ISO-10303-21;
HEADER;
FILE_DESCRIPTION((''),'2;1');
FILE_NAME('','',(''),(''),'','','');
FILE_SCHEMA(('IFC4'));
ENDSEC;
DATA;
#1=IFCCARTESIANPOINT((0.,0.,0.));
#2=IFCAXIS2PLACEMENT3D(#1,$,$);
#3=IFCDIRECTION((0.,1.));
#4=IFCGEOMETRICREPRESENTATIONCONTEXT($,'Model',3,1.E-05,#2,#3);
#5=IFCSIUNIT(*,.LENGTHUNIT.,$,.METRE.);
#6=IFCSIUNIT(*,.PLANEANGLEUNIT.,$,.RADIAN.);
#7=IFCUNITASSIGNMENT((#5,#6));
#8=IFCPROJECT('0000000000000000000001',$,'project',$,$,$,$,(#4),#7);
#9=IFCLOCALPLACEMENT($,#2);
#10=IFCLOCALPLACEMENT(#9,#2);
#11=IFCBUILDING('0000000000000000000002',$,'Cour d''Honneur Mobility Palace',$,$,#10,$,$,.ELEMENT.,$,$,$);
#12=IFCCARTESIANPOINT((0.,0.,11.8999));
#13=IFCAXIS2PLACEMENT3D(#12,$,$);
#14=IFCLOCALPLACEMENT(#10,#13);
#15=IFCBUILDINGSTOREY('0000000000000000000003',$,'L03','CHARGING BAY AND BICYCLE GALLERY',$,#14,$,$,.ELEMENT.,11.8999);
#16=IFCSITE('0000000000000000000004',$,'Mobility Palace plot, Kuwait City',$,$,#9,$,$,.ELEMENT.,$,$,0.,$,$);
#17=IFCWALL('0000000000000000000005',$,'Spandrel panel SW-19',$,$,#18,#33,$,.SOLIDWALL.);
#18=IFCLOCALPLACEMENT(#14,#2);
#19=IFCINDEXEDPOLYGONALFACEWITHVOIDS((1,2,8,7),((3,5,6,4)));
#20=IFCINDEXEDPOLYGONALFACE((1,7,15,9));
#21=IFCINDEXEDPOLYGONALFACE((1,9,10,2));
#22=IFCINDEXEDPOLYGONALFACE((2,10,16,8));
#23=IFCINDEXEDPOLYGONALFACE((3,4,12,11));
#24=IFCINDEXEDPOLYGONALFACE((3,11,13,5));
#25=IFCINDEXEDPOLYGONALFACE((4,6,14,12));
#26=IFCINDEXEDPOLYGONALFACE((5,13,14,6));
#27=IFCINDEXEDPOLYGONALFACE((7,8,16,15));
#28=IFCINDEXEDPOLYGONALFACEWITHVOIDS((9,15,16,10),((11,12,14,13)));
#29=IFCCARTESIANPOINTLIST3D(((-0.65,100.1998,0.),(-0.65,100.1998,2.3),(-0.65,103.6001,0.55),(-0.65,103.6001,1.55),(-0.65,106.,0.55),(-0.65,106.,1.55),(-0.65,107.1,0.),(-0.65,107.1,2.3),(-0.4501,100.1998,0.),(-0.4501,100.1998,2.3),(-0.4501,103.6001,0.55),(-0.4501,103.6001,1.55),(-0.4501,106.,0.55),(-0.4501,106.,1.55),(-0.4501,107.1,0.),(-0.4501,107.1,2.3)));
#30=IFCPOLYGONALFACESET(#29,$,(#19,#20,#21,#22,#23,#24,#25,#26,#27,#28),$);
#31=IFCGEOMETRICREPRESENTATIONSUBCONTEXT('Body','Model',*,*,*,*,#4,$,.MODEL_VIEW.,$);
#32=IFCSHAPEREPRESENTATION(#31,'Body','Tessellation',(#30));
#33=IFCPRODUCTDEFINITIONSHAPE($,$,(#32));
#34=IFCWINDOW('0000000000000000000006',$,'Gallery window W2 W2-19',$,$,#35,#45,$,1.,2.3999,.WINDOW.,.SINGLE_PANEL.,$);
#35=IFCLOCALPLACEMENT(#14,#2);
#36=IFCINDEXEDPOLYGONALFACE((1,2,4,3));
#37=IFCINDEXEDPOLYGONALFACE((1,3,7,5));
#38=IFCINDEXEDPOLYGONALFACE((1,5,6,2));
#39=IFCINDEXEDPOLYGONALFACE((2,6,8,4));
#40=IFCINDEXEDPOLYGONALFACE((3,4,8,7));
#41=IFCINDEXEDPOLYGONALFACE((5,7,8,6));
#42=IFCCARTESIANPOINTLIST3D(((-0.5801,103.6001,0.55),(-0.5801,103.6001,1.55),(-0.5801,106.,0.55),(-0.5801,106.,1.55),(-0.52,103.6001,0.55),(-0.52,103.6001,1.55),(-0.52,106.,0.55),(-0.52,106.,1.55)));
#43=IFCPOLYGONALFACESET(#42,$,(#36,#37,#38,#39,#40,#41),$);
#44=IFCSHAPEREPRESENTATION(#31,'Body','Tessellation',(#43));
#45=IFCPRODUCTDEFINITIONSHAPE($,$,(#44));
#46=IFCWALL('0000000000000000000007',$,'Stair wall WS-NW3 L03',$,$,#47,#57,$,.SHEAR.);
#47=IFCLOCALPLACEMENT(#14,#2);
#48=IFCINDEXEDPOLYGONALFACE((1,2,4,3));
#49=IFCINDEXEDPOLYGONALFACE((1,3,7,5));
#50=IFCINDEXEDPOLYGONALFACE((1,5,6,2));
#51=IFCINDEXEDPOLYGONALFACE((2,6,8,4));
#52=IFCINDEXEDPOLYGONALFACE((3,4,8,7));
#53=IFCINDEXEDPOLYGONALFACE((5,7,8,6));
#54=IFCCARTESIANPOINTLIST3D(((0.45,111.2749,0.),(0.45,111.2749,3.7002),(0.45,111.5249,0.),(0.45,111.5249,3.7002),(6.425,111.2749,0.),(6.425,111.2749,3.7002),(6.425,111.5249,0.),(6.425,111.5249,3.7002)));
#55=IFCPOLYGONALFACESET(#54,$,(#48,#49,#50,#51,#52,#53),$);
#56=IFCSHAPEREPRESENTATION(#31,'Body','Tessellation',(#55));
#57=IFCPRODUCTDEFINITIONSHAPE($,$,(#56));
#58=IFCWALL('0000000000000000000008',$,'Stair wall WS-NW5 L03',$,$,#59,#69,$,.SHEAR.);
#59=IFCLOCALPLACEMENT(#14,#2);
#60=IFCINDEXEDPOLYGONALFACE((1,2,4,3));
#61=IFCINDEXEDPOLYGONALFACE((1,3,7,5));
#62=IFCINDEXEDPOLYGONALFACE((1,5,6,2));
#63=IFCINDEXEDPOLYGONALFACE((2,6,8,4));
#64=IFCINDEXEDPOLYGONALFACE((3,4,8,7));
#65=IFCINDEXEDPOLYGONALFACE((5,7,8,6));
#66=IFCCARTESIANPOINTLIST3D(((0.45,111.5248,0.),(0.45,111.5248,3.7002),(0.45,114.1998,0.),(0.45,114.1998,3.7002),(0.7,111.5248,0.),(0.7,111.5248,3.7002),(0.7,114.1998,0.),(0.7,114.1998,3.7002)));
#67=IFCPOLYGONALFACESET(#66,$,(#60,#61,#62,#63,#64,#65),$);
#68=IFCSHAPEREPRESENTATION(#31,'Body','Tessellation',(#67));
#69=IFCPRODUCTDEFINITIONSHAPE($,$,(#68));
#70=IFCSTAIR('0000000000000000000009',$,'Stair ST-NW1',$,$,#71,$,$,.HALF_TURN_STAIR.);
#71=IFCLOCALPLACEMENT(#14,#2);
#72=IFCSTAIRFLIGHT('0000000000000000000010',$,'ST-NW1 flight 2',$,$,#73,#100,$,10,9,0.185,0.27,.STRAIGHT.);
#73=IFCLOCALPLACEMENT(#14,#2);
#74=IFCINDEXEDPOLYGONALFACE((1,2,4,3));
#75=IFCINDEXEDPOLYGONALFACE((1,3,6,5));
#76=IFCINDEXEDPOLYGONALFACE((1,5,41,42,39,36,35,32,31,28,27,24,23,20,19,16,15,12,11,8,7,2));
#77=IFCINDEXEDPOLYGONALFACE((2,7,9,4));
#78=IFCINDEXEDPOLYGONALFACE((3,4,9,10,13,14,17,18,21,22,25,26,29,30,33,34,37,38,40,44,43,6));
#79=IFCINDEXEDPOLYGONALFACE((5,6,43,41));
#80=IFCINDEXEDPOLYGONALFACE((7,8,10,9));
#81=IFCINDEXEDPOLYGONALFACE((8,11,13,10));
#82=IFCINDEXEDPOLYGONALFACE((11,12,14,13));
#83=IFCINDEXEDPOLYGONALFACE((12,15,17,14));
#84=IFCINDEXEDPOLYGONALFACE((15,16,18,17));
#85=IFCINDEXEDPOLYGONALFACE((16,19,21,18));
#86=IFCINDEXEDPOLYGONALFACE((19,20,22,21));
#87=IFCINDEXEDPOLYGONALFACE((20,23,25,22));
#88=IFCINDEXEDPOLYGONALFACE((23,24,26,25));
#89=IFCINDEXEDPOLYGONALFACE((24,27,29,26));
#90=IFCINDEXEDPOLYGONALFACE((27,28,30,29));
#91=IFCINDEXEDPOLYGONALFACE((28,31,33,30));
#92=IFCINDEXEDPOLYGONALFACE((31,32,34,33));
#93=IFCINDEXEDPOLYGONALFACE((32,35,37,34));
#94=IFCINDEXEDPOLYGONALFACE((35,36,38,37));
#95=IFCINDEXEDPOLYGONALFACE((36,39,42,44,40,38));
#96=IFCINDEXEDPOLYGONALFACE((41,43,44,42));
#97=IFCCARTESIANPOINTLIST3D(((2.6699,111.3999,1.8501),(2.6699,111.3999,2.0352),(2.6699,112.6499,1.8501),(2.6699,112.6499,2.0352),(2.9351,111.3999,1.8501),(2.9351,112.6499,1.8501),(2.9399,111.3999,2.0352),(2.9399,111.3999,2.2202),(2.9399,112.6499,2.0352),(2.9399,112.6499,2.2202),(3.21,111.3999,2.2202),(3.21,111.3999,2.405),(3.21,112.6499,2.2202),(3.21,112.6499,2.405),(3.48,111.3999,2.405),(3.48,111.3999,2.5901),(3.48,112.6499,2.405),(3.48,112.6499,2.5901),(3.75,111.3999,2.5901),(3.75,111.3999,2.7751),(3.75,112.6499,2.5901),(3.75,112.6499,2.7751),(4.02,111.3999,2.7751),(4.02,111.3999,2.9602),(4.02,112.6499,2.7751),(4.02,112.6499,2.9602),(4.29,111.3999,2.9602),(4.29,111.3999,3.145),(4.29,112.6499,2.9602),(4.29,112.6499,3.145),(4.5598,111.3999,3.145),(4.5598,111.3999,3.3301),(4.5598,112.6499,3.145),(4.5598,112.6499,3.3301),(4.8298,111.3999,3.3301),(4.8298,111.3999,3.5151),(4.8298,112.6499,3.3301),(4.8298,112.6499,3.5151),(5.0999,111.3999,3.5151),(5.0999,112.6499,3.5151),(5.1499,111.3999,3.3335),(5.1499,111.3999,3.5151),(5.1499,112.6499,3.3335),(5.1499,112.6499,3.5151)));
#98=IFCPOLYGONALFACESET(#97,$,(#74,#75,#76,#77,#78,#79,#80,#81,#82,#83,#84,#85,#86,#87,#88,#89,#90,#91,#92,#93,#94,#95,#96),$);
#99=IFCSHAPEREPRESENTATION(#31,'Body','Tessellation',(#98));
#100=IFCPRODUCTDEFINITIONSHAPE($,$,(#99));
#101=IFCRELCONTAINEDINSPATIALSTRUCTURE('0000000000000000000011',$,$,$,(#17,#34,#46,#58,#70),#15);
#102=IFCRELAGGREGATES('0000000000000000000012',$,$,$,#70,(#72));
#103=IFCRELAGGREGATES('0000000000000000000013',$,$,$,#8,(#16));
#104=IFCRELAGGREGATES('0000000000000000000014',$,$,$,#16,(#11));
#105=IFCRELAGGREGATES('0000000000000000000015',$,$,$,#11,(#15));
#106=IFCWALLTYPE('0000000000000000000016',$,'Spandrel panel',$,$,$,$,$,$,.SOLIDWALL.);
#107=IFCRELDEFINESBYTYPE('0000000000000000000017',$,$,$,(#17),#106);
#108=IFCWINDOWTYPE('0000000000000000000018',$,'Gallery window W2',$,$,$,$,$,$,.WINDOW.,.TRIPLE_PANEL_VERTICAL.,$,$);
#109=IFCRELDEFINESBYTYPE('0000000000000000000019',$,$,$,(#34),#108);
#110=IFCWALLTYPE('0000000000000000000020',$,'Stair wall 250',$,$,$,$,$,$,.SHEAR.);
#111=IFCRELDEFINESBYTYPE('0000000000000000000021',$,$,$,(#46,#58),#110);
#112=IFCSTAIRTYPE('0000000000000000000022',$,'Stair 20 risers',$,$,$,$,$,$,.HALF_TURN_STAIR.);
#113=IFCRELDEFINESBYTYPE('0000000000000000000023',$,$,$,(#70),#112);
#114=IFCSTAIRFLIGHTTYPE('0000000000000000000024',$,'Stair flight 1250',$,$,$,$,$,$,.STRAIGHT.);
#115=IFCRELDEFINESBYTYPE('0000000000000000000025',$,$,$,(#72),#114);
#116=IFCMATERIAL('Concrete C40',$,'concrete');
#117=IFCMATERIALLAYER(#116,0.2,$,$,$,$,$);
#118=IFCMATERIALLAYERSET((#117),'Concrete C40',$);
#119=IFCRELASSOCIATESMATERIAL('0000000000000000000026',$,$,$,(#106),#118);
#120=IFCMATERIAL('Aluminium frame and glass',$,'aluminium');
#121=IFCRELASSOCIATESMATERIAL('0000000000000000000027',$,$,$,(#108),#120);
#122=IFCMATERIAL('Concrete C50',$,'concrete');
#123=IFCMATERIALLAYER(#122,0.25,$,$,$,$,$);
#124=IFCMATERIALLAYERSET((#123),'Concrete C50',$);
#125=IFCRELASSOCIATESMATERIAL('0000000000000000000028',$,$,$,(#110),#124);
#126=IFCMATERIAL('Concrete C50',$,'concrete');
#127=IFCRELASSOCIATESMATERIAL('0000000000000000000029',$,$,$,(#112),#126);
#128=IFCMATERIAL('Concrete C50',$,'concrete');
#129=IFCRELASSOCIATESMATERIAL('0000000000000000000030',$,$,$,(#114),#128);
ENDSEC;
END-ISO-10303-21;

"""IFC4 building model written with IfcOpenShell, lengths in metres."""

from ifc_helpers import new_model, si_unit, direction, frame, frame_2d, origin, place, context, subcontext, project, spatial, polyline, rectangle, outline, extrude, material, layer, layer_set, type_object, element, fill, aggregate, save


model = new_model("IFC4")

# Units and contexts
model_context = context("Model", 3, precision=1e-05, world=origin(), true_north=direction((0.0, 1.0)))
body_context = subcontext(model_context, "Body", "Model", "MODEL_VIEW")
ifc_project = project(units=[si_unit("LENGTHUNIT", "METRE"), si_unit("PLANEANGLEUNIT", "RADIAN")], contexts=[model_context])

# Site, building, storey
site_placement = place(None, origin())
site = spatial("IfcSite", under=ifc_project, at=site_placement, Name="Mobility Palace plot, Kuwait City", CompositionType="ELEMENT", RefElevation=0.0)
building_placement = place(site_placement, origin())
building = spatial("IfcBuilding", under=site, at=building_placement, Name="Cour d'Honneur Mobility Palace", CompositionType="ELEMENT")
storey_placement = place(building_placement, frame((0.0, 0.0, 11.8999)))
storey = spatial("IfcBuildingStorey", under=building, at=storey_placement, Name="L03", Description="CHARGING BAY AND BICYCLE GALLERY", CompositionType="ELEMENT", Elevation=11.8999)

# Wall, opening, window
ifc_material_1 = material(Name="Concrete C40", Category="concrete")
ifc_layer_1 = layer(ifc_material_1, 0.2)
ifc_layer_set_1 = layer_set([ifc_layer_1], Name="Concrete C40")
wall_type_1 = type_object("IfcWallType", Name="Spandrel panel", PredefinedType="SOLIDWALL", material=ifc_layer_set_1)
wall_1_placement = place(storey_placement, frame((-0.55, 107.1001, 0.0), z_axis=(0.0, 0.0, 1.0), x_axis=(0.0, -1.0, 0.0)))
wall_1 = element("IfcWall", 1, at=wall_1_placement, inside=storey, type_object=wall_type_1, Name="Spandrel panel SW-19", PredefinedType="SOLIDWALL", context=body_context, shape_type="SweptSolid", body=[
    extrude(rectangle(XDim=6.9001, YDim=0.2, at=frame_2d((3.4502, 0.0))), origin(), (0.0, 0.0, 1.0), 2.3),
])
opening_1_placement = place(wall_1_placement, frame((1.1001, 0.0, 0.55)))
opening_1 = element("IfcOpeningElement", 2, at=opening_1_placement, cuts=wall_1, PredefinedType="OPENING", context=body_context, shape_type="SweptSolid", body=[
    extrude(rectangle(XDim=2.3999, YDim=1.0, at=frame_2d((1.2, 0.5))), frame((0.0, 0.1099, 0.0), z_axis=(0.0, -1.0, 0.0), x_axis=(1.0, 0.0, 0.0)), (0.0, 0.0, 1.0), 0.22),
])
ifc_material_2 = material(Name="Aluminium frame and glass", Category="aluminium")
window_type = type_object("IfcWindowType", Name="Gallery window W2", PartitioningType="TRIPLE_PANEL_VERTICAL", PredefinedType="WINDOW", material=ifc_material_2)
window_placement = place(opening_1_placement, origin())
window = element("IfcWindow", 3, at=window_placement, inside=storey, type_object=window_type, Name="Gallery window W2 W2-19", OverallHeight=1.0, OverallWidth=2.3999, PartitioningType="SINGLE_PANEL", PredefinedType="WINDOW", context=body_context, shape_type="SweptSolid", body=[
    extrude(rectangle(XDim=2.3999, YDim=1.0, at=frame_2d((1.2, 0.5))), frame((0.0, 0.03, 0.0), z_axis=(0.0, -1.0, 0.0), x_axis=(1.0, 0.0, 0.0)), (0.0, 0.0, 1.0), 0.0601),
])
fill(opening_1, window)

# Walls
ifc_material_3 = material(Name="Concrete C50", Category="concrete")
ifc_layer_2 = layer(ifc_material_3, 0.25)
ifc_layer_set_2 = layer_set([ifc_layer_2], Name="Concrete C50")
wall_type_2 = type_object("IfcWallType", Name="Stair wall 250", PredefinedType="SHEAR", material=ifc_layer_set_2)
wall_2_placement = place(storey_placement, frame((0.45, 111.3999, 0.0), z_axis=(0.0, 0.0, 1.0), x_axis=(1.0, 0.0, 0.0)))
element("IfcWall", 4, at=wall_2_placement, inside=storey, type_object=wall_type_2, Name="Stair wall WS-NW3 L03", PredefinedType="SHEAR", context=body_context, shape_type="SweptSolid", body=[
    extrude(rectangle(XDim=5.9751, YDim=0.25, at=frame_2d((2.9875, 0.0))), origin(), (0.0, 0.0, 1.0), 3.7002),
])
wall_3_placement = place(storey_placement, frame((0.575, 111.5249, 0.0), z_axis=(0.0, 0.0, 1.0), x_axis=(0.0, 1.0, 0.0)))
element("IfcWall", 5, at=wall_3_placement, inside=storey, type_object=wall_type_2, Name="Stair wall WS-NW5 L03", PredefinedType="SHEAR", context=body_context, shape_type="SweptSolid", body=[
    extrude(rectangle(XDim=2.675, YDim=0.25, at=frame_2d((1.3374, 0.0))), origin(), (0.0, 0.0, 1.0), 3.7002),
])

# Stair, stair flight
ifc_material_4 = material(Name="Concrete C50", Category="concrete")
stair_type = type_object("IfcStairType", Name="Stair 20 risers", PredefinedType="HALF_TURN_STAIR", material=ifc_material_4)
stair_placement = place(storey_placement, origin())
stair = element("IfcStair", 6, at=stair_placement, inside=storey, type_object=stair_type, Name="Stair ST-NW1", PredefinedType="HALF_TURN_STAIR")
ifc_material_5 = material(Name="Concrete C50", Category="concrete")
stair_flight_type = type_object("IfcStairFlightType", Name="Stair flight 1250", PredefinedType="STRAIGHT", material=ifc_material_5)
stair_flight_placement = place(storey_placement, frame((2.6699, 112.0249, 1.8501), z_axis=(0.0, 0.0, 1.0), x_axis=(1.0, 0.0, 0.0)))
stair_flight = element("IfcStairFlight", 7, at=stair_flight_placement, type_object=stair_flight_type, Name="ST-NW1 flight 2", NumberOfRisers=10, NumberOfTreads=9, PredefinedType="STRAIGHT", RiserHeight=0.185, TreadLength=0.27, context=body_context, shape_type="SweptSolid", body=[
    extrude(outline(polyline([(0.0, 0.0), (0.0, 0.1851), (0.27, 0.1851), (0.27, 0.3701), (0.54, 0.3701), (0.54, 0.5549), (0.8101, 0.5549), (0.8101, 0.74), (1.0801, 0.74), (1.0801, 0.925), (1.3501, 0.925), (1.3501, 1.1101), (1.6201, 1.1101), (1.6201, 1.2949), (1.8899, 1.2949), (1.8899, 1.48), (2.1599, 1.48), (2.1599, 1.665), (2.4299, 1.665), (2.48, 1.665), (2.48, 1.4834), (0.2651, 0.0), (0.0, 0.0)])), frame((0.0, 0.625, 0.0), z_axis=(0.0, -1.0, 0.0), x_axis=(1.0, 0.0, 0.0)), (0.0, 0.0, 1.0), 1.25),
])
aggregate(stair, [stair_flight])

save(model, "model.ifc")
